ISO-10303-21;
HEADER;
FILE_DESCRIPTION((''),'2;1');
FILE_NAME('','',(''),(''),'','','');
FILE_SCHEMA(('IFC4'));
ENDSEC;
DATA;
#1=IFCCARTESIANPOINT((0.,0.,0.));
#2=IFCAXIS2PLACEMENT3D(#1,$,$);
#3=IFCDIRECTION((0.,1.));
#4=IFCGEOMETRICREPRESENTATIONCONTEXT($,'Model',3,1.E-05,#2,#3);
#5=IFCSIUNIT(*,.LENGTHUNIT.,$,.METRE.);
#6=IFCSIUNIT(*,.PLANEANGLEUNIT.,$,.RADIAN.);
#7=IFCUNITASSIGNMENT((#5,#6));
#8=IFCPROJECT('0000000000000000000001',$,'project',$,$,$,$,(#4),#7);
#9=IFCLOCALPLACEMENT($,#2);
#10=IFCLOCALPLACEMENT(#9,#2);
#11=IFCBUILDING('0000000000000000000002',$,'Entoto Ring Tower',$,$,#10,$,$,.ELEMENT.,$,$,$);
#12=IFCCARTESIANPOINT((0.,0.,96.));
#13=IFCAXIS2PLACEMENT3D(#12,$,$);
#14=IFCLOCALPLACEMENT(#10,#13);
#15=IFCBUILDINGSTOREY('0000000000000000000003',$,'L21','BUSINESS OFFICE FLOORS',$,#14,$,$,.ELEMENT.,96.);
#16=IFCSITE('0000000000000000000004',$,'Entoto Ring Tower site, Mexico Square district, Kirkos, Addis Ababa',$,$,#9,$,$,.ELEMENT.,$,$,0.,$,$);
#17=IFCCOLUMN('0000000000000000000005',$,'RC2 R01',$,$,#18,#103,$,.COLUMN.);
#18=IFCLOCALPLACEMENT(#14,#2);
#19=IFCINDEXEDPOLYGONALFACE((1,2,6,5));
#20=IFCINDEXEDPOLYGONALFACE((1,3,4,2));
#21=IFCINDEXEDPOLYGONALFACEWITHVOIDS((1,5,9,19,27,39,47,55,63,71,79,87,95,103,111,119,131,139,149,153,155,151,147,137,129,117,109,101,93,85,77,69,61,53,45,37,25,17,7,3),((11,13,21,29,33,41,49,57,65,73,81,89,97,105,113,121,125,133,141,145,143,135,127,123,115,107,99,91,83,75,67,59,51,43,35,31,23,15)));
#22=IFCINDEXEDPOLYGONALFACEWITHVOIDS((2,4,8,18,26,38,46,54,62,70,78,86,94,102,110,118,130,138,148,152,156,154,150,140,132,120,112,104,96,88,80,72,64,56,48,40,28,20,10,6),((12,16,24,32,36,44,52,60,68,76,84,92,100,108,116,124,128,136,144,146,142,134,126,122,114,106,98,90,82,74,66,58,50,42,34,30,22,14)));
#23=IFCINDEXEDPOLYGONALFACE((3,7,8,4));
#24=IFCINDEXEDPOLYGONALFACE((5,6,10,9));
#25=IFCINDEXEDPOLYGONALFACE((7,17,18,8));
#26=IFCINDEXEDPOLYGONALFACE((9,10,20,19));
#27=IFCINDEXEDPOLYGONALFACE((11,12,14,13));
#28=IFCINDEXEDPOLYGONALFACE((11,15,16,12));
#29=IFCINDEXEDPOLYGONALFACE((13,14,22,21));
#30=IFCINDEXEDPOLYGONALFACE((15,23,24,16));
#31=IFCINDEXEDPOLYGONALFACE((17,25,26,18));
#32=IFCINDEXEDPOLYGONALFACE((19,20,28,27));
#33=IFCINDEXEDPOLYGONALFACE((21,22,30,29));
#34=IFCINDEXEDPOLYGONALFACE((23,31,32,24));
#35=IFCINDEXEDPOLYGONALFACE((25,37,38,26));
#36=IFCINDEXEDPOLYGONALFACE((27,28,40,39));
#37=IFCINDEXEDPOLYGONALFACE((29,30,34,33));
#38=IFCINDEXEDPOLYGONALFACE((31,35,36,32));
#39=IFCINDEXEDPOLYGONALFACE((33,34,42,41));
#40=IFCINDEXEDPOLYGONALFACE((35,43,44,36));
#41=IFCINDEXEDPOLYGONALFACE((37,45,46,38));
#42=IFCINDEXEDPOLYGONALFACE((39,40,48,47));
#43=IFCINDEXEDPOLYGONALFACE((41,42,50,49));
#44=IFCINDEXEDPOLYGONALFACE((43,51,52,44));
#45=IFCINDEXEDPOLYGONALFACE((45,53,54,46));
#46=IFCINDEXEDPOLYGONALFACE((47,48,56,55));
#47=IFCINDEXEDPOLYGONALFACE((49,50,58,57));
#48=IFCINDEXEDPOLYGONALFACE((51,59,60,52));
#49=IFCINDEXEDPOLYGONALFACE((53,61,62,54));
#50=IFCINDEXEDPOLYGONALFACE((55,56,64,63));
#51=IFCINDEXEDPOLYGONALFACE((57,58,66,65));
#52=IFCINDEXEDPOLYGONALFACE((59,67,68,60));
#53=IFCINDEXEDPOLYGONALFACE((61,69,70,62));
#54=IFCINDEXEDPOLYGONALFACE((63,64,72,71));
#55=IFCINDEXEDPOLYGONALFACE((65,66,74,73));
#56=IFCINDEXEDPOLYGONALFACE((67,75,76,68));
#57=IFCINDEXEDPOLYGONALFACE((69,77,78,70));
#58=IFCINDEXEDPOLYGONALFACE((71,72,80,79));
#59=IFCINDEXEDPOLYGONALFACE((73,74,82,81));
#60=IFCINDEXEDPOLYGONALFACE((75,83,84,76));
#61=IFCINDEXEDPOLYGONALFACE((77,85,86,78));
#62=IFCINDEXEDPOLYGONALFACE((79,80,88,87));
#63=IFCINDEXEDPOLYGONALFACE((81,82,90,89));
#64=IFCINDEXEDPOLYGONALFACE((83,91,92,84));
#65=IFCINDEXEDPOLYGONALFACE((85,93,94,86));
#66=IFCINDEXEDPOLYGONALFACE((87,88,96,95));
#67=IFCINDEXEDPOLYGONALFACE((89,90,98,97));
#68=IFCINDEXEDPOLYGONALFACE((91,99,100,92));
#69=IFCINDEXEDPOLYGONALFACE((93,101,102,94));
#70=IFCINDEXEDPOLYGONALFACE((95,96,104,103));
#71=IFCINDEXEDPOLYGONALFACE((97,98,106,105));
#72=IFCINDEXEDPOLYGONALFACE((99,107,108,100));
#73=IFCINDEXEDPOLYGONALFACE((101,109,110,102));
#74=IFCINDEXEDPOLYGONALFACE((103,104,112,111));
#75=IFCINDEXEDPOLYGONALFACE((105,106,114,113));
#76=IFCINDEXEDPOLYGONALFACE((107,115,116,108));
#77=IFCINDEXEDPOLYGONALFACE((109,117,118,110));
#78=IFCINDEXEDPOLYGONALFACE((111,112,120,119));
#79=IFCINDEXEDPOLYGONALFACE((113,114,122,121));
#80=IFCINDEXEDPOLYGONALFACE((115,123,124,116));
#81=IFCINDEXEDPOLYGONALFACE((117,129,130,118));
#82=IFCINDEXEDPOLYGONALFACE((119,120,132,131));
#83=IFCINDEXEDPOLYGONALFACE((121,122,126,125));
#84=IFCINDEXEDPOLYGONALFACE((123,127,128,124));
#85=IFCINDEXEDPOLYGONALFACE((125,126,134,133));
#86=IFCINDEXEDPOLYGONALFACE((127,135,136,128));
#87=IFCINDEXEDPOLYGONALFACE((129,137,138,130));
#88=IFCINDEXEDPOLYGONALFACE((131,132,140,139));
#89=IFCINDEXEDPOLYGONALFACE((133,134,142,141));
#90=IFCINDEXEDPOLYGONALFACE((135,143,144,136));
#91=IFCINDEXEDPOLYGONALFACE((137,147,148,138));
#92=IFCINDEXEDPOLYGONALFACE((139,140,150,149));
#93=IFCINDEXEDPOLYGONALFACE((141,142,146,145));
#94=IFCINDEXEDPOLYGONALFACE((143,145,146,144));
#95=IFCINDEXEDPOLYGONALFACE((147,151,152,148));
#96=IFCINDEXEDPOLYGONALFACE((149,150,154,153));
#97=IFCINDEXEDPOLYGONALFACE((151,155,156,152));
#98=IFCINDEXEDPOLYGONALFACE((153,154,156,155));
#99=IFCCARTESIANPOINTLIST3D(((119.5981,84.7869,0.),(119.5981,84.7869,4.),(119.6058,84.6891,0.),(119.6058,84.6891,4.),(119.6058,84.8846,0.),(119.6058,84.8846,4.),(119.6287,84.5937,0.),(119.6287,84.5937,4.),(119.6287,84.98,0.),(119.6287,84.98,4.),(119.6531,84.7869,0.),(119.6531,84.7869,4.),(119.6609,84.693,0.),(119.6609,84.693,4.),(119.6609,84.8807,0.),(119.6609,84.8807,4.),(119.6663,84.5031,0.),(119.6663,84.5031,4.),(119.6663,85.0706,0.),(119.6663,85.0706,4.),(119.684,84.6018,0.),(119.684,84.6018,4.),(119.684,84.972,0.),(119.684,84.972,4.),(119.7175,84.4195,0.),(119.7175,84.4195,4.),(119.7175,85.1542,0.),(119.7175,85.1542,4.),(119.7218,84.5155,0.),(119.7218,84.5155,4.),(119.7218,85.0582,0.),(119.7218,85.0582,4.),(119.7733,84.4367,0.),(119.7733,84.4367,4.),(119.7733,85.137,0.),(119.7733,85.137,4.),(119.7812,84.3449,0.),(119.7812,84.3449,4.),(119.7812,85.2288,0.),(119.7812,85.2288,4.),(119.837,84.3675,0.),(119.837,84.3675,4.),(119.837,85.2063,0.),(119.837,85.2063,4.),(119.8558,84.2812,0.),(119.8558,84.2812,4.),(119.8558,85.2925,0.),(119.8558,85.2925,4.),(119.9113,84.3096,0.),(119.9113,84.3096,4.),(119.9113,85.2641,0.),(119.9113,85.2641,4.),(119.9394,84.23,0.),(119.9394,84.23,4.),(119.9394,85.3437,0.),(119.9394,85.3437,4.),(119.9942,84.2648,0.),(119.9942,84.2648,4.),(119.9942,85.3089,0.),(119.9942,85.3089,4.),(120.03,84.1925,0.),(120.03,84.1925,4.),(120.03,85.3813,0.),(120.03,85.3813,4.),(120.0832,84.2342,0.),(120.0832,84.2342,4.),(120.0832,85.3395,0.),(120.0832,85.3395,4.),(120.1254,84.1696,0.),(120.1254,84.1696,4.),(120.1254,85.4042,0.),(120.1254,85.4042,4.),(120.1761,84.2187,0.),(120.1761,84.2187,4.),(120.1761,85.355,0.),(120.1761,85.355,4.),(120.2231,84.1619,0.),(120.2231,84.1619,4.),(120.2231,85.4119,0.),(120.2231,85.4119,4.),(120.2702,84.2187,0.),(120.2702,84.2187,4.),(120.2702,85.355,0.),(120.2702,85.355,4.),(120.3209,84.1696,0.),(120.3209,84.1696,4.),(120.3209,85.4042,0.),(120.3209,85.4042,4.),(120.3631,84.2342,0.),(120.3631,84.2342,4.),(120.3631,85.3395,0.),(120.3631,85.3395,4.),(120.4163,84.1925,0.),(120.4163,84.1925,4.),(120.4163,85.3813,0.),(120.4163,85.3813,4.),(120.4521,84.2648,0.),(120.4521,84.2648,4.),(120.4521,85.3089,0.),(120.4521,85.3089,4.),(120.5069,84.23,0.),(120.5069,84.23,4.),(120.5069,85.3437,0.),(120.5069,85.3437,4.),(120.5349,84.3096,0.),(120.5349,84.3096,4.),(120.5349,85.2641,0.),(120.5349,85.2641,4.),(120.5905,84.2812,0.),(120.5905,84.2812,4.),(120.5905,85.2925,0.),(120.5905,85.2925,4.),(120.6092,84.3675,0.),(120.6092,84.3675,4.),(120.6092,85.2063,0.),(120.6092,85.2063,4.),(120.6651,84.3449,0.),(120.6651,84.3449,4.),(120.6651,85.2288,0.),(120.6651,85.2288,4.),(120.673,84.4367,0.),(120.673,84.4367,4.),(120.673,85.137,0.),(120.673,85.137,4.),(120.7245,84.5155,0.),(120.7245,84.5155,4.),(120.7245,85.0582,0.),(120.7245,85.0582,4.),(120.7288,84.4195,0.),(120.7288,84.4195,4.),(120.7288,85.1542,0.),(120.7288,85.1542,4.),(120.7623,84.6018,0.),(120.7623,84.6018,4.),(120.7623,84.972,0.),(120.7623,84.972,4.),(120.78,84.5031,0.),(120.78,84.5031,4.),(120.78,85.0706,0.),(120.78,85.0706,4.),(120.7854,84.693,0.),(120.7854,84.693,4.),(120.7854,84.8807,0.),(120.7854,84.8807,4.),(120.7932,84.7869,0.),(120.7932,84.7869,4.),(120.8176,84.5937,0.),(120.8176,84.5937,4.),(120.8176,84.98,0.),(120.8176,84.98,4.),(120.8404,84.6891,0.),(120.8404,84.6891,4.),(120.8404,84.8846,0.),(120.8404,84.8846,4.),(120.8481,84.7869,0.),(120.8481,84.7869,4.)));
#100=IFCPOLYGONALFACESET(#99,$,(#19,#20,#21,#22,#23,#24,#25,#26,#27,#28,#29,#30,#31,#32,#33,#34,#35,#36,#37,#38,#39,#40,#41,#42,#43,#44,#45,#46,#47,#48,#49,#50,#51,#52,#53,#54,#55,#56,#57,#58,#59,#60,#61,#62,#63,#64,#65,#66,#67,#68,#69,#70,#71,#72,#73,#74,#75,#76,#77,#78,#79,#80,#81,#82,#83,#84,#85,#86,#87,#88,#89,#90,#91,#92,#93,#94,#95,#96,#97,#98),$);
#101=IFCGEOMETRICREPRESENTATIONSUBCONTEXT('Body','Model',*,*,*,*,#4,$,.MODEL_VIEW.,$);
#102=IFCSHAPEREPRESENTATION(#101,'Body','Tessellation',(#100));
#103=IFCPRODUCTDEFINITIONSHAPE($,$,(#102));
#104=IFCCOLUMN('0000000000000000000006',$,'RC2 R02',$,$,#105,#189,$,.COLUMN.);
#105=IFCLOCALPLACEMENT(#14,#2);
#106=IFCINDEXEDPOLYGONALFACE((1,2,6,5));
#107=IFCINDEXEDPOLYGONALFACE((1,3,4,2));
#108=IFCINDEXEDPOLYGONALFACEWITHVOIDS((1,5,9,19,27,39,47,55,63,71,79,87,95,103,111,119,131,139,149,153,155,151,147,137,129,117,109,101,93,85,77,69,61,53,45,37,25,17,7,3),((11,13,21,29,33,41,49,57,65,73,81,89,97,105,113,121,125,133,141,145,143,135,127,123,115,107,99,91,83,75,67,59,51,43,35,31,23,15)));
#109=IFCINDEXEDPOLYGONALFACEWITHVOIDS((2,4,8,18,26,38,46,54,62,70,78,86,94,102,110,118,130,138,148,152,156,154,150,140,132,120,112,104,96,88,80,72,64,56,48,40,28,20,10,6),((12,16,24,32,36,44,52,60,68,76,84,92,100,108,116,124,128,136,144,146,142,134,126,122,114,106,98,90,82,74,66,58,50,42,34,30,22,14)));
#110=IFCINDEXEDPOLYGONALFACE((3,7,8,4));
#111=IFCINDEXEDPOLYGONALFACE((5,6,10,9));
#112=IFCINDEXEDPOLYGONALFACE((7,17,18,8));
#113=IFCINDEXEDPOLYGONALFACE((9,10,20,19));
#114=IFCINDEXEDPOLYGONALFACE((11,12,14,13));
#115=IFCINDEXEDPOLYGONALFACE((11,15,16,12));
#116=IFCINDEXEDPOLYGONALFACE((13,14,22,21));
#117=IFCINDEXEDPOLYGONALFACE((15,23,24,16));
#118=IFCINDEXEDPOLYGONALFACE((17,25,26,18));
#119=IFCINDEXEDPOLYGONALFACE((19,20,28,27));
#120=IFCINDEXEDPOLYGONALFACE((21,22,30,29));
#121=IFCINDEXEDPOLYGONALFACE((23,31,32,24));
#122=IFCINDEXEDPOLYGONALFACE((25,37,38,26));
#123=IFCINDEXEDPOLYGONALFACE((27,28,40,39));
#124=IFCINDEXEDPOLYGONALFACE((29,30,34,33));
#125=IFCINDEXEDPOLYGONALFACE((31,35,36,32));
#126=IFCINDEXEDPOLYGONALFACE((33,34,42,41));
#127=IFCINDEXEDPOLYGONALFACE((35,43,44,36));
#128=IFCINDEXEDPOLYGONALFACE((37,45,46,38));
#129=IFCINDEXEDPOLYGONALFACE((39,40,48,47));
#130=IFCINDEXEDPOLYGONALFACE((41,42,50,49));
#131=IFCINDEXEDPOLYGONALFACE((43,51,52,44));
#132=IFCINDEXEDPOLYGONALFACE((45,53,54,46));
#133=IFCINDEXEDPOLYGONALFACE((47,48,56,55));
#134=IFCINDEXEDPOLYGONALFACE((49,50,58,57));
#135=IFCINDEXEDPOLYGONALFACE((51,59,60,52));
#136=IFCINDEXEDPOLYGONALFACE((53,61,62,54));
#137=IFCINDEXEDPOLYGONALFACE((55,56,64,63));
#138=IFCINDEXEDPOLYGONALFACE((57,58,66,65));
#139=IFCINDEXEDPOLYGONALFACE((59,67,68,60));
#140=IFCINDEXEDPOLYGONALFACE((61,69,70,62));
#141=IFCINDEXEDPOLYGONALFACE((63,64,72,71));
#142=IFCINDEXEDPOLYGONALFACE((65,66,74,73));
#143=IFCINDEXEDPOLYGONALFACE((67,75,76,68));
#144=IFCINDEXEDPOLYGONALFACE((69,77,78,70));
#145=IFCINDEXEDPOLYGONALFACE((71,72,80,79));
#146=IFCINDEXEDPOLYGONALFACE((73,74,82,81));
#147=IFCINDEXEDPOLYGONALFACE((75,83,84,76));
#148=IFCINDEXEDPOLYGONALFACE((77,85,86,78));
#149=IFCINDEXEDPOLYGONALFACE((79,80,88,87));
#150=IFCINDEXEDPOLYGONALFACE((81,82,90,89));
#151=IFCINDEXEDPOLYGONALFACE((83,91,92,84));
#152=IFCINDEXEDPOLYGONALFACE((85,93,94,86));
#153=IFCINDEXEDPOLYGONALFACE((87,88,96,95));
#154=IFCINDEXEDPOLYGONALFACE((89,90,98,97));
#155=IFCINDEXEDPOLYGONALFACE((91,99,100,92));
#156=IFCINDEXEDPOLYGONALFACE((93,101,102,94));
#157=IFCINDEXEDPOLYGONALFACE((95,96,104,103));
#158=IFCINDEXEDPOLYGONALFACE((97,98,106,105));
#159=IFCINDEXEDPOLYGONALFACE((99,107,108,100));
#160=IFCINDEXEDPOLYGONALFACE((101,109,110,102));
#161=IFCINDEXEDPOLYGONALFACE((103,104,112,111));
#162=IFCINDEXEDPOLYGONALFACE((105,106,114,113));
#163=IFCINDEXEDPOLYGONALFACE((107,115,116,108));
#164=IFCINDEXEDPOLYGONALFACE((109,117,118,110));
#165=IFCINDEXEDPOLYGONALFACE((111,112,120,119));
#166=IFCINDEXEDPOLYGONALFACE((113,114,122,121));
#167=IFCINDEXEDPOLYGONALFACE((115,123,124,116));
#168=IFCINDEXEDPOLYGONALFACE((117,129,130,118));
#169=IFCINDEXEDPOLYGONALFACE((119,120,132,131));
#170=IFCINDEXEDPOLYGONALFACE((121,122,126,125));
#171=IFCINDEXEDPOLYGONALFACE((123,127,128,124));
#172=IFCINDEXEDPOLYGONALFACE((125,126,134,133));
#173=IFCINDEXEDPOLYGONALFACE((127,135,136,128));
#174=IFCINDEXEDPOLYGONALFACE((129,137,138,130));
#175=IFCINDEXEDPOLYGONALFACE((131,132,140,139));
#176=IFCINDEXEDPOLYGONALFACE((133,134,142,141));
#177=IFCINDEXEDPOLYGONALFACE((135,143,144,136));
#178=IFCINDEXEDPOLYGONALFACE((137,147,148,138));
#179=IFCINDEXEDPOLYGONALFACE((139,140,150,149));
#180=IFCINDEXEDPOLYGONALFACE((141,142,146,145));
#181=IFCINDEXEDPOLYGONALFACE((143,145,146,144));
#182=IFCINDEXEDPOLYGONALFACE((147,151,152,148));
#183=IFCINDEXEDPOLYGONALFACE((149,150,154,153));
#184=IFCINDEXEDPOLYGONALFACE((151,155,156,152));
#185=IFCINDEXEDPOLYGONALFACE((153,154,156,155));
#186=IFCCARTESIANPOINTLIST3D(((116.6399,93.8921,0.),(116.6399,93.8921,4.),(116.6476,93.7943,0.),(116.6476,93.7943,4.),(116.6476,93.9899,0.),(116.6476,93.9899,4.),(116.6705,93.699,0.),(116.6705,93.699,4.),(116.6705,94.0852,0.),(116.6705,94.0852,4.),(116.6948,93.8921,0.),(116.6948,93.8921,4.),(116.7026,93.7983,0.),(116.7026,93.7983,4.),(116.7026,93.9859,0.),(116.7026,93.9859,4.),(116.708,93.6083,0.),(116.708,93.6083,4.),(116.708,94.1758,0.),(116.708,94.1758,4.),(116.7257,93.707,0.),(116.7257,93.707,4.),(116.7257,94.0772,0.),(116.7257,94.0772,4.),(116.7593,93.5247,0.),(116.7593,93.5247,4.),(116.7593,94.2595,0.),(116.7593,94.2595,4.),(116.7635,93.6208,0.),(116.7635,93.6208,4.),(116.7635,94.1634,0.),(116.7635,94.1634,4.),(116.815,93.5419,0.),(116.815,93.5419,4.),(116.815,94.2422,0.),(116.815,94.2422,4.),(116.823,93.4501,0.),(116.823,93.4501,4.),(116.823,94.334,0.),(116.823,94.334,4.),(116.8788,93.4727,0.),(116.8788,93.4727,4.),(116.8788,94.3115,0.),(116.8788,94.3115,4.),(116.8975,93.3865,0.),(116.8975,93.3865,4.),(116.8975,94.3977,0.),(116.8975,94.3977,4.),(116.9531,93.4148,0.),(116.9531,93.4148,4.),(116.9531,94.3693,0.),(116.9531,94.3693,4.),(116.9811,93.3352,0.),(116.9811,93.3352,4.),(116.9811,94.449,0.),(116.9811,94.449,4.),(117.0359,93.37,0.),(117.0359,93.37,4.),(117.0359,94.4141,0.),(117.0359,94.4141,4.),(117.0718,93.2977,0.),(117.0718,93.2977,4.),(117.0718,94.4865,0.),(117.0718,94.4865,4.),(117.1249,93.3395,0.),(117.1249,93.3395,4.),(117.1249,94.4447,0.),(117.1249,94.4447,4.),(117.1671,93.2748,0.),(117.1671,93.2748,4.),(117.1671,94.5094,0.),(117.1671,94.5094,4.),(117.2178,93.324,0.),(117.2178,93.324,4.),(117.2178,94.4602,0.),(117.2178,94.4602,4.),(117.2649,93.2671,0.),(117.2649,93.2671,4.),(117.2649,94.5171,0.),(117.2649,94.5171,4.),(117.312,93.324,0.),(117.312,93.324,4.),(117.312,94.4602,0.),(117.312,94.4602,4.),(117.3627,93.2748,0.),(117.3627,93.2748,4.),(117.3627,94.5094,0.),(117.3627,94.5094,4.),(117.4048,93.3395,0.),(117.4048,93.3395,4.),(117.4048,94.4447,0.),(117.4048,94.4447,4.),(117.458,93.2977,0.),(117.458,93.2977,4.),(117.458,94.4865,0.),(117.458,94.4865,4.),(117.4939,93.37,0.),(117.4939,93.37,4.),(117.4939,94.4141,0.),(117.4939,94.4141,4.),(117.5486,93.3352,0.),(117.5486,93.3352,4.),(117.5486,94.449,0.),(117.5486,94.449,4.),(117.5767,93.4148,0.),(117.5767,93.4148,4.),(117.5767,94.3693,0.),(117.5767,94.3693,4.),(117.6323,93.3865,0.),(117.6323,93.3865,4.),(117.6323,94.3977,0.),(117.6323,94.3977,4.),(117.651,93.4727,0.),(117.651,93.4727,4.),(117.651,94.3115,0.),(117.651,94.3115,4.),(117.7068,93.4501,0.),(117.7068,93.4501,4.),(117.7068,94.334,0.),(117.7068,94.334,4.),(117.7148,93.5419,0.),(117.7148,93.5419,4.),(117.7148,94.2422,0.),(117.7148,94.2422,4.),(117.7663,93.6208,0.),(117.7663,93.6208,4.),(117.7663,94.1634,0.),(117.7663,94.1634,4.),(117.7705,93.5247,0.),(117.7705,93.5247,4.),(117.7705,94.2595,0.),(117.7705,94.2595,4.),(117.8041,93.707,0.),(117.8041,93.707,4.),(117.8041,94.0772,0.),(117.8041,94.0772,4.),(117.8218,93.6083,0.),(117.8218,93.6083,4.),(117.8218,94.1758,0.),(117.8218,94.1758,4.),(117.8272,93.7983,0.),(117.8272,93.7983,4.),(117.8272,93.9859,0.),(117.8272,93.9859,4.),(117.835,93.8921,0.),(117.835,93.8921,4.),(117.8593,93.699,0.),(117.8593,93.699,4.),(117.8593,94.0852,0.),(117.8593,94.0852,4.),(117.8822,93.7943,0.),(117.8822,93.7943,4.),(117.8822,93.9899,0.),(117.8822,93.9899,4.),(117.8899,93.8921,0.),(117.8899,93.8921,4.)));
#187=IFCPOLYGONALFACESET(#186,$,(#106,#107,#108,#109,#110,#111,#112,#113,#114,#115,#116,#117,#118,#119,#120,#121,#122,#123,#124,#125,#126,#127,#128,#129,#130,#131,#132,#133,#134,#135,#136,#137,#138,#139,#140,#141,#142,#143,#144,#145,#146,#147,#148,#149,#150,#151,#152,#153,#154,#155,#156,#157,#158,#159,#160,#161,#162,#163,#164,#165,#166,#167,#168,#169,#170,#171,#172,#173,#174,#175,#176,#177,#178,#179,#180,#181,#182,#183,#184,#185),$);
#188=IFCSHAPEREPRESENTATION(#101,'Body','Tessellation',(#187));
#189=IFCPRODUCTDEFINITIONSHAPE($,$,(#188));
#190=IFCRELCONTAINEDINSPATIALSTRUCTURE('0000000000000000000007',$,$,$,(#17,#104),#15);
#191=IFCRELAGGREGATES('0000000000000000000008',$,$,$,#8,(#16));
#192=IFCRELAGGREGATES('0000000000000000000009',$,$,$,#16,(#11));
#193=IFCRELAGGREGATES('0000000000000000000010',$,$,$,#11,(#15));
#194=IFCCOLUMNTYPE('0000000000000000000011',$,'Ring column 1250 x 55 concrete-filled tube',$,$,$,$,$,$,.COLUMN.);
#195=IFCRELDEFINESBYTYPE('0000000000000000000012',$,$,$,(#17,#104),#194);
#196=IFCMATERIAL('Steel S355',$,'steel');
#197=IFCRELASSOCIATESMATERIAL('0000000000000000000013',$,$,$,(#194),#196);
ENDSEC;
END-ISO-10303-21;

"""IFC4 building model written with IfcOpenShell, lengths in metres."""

from ifc_helpers import new_model, si_unit, direction, frame, origin, origin_2d, place, context, subcontext, project, spatial, circle, hollow_circle, extrude, material, material_profile, profile_set, type_object, element, save


model = new_model("IFC4")

# Units and contexts
model_context = context("Model", 3, precision=1e-05, world=origin(), true_north=direction((0.0, 1.0)))
body_context = subcontext(model_context, "Body", "Model", "MODEL_VIEW")
ifc_project = project(units=[si_unit("LENGTHUNIT", "METRE"), si_unit("PLANEANGLEUNIT", "RADIAN")], contexts=[model_context])

# Site, building, storey
site_placement = place(None, origin())
site = spatial("IfcSite", under=ifc_project, at=site_placement, Name="Entoto Ring Tower site, Mexico Square district, Kirkos, Addis Ababa", CompositionType="ELEMENT", RefElevation=0.0)
building_placement = place(site_placement, origin())
building = spatial("IfcBuilding", under=site, at=building_placement, Name="Entoto Ring Tower", CompositionType="ELEMENT")
storey_placement = place(building_placement, frame((0.0, 0.0, 96.0)))
storey = spatial("IfcBuildingStorey", under=building, at=storey_placement, Name="L21", Description="BUSINESS OFFICE FLOORS", CompositionType="ELEMENT", Elevation=96.0)

# Columns
ifc_material_1 = material(Name="Steel S355", Category="steel")
ifc_material_profile_1 = material_profile(ifc_material_1, hollow_circle(Radius=0.625, WallThickness=0.0549, at=origin_2d()), Name="CHS 1250 x 55")
ifc_material_2 = material(Name="Concrete C60/75", Category="concrete")
ifc_material_profile_2 = material_profile(ifc_material_2, circle(Radius=0.5701, at=origin_2d()), Name="Concrete C60/75 infill")
ifc_profile_set_1 = profile_set([ifc_material_profile_1, ifc_material_profile_2], Name="Steel S355")
column_type = type_object("IfcColumnType", Name="Ring column 1250 x 55 concrete-filled tube", PredefinedType="COLUMN", material=ifc_profile_set_1)
for number, where, z_axis, x_axis, name in (
    (1, (120.2231, 84.7869, 0.0), (0.0, 0.0, 1.0), (1.0, 0.0, 0.0), "RC2 R01"),
    (2, (117.2649, 93.8921, 0.0), (0.0, 0.0, 1.0), (1.0, 0.0, 0.0), "RC2 R02"),
):
    element("IfcColumn", number, at=place(storey_placement, frame(where, z_axis=z_axis, x_axis=x_axis)), inside=storey, type_object=column_type, Name=name, PredefinedType="COLUMN", context=body_context, shape_type="SweptSolid", body=[
        extrude(hollow_circle(Radius=0.625, WallThickness=0.0549, at=origin_2d()), origin(), (0.0, 0.0, 1.0), 4.0),
    ])

save(model, "model.ifc")
